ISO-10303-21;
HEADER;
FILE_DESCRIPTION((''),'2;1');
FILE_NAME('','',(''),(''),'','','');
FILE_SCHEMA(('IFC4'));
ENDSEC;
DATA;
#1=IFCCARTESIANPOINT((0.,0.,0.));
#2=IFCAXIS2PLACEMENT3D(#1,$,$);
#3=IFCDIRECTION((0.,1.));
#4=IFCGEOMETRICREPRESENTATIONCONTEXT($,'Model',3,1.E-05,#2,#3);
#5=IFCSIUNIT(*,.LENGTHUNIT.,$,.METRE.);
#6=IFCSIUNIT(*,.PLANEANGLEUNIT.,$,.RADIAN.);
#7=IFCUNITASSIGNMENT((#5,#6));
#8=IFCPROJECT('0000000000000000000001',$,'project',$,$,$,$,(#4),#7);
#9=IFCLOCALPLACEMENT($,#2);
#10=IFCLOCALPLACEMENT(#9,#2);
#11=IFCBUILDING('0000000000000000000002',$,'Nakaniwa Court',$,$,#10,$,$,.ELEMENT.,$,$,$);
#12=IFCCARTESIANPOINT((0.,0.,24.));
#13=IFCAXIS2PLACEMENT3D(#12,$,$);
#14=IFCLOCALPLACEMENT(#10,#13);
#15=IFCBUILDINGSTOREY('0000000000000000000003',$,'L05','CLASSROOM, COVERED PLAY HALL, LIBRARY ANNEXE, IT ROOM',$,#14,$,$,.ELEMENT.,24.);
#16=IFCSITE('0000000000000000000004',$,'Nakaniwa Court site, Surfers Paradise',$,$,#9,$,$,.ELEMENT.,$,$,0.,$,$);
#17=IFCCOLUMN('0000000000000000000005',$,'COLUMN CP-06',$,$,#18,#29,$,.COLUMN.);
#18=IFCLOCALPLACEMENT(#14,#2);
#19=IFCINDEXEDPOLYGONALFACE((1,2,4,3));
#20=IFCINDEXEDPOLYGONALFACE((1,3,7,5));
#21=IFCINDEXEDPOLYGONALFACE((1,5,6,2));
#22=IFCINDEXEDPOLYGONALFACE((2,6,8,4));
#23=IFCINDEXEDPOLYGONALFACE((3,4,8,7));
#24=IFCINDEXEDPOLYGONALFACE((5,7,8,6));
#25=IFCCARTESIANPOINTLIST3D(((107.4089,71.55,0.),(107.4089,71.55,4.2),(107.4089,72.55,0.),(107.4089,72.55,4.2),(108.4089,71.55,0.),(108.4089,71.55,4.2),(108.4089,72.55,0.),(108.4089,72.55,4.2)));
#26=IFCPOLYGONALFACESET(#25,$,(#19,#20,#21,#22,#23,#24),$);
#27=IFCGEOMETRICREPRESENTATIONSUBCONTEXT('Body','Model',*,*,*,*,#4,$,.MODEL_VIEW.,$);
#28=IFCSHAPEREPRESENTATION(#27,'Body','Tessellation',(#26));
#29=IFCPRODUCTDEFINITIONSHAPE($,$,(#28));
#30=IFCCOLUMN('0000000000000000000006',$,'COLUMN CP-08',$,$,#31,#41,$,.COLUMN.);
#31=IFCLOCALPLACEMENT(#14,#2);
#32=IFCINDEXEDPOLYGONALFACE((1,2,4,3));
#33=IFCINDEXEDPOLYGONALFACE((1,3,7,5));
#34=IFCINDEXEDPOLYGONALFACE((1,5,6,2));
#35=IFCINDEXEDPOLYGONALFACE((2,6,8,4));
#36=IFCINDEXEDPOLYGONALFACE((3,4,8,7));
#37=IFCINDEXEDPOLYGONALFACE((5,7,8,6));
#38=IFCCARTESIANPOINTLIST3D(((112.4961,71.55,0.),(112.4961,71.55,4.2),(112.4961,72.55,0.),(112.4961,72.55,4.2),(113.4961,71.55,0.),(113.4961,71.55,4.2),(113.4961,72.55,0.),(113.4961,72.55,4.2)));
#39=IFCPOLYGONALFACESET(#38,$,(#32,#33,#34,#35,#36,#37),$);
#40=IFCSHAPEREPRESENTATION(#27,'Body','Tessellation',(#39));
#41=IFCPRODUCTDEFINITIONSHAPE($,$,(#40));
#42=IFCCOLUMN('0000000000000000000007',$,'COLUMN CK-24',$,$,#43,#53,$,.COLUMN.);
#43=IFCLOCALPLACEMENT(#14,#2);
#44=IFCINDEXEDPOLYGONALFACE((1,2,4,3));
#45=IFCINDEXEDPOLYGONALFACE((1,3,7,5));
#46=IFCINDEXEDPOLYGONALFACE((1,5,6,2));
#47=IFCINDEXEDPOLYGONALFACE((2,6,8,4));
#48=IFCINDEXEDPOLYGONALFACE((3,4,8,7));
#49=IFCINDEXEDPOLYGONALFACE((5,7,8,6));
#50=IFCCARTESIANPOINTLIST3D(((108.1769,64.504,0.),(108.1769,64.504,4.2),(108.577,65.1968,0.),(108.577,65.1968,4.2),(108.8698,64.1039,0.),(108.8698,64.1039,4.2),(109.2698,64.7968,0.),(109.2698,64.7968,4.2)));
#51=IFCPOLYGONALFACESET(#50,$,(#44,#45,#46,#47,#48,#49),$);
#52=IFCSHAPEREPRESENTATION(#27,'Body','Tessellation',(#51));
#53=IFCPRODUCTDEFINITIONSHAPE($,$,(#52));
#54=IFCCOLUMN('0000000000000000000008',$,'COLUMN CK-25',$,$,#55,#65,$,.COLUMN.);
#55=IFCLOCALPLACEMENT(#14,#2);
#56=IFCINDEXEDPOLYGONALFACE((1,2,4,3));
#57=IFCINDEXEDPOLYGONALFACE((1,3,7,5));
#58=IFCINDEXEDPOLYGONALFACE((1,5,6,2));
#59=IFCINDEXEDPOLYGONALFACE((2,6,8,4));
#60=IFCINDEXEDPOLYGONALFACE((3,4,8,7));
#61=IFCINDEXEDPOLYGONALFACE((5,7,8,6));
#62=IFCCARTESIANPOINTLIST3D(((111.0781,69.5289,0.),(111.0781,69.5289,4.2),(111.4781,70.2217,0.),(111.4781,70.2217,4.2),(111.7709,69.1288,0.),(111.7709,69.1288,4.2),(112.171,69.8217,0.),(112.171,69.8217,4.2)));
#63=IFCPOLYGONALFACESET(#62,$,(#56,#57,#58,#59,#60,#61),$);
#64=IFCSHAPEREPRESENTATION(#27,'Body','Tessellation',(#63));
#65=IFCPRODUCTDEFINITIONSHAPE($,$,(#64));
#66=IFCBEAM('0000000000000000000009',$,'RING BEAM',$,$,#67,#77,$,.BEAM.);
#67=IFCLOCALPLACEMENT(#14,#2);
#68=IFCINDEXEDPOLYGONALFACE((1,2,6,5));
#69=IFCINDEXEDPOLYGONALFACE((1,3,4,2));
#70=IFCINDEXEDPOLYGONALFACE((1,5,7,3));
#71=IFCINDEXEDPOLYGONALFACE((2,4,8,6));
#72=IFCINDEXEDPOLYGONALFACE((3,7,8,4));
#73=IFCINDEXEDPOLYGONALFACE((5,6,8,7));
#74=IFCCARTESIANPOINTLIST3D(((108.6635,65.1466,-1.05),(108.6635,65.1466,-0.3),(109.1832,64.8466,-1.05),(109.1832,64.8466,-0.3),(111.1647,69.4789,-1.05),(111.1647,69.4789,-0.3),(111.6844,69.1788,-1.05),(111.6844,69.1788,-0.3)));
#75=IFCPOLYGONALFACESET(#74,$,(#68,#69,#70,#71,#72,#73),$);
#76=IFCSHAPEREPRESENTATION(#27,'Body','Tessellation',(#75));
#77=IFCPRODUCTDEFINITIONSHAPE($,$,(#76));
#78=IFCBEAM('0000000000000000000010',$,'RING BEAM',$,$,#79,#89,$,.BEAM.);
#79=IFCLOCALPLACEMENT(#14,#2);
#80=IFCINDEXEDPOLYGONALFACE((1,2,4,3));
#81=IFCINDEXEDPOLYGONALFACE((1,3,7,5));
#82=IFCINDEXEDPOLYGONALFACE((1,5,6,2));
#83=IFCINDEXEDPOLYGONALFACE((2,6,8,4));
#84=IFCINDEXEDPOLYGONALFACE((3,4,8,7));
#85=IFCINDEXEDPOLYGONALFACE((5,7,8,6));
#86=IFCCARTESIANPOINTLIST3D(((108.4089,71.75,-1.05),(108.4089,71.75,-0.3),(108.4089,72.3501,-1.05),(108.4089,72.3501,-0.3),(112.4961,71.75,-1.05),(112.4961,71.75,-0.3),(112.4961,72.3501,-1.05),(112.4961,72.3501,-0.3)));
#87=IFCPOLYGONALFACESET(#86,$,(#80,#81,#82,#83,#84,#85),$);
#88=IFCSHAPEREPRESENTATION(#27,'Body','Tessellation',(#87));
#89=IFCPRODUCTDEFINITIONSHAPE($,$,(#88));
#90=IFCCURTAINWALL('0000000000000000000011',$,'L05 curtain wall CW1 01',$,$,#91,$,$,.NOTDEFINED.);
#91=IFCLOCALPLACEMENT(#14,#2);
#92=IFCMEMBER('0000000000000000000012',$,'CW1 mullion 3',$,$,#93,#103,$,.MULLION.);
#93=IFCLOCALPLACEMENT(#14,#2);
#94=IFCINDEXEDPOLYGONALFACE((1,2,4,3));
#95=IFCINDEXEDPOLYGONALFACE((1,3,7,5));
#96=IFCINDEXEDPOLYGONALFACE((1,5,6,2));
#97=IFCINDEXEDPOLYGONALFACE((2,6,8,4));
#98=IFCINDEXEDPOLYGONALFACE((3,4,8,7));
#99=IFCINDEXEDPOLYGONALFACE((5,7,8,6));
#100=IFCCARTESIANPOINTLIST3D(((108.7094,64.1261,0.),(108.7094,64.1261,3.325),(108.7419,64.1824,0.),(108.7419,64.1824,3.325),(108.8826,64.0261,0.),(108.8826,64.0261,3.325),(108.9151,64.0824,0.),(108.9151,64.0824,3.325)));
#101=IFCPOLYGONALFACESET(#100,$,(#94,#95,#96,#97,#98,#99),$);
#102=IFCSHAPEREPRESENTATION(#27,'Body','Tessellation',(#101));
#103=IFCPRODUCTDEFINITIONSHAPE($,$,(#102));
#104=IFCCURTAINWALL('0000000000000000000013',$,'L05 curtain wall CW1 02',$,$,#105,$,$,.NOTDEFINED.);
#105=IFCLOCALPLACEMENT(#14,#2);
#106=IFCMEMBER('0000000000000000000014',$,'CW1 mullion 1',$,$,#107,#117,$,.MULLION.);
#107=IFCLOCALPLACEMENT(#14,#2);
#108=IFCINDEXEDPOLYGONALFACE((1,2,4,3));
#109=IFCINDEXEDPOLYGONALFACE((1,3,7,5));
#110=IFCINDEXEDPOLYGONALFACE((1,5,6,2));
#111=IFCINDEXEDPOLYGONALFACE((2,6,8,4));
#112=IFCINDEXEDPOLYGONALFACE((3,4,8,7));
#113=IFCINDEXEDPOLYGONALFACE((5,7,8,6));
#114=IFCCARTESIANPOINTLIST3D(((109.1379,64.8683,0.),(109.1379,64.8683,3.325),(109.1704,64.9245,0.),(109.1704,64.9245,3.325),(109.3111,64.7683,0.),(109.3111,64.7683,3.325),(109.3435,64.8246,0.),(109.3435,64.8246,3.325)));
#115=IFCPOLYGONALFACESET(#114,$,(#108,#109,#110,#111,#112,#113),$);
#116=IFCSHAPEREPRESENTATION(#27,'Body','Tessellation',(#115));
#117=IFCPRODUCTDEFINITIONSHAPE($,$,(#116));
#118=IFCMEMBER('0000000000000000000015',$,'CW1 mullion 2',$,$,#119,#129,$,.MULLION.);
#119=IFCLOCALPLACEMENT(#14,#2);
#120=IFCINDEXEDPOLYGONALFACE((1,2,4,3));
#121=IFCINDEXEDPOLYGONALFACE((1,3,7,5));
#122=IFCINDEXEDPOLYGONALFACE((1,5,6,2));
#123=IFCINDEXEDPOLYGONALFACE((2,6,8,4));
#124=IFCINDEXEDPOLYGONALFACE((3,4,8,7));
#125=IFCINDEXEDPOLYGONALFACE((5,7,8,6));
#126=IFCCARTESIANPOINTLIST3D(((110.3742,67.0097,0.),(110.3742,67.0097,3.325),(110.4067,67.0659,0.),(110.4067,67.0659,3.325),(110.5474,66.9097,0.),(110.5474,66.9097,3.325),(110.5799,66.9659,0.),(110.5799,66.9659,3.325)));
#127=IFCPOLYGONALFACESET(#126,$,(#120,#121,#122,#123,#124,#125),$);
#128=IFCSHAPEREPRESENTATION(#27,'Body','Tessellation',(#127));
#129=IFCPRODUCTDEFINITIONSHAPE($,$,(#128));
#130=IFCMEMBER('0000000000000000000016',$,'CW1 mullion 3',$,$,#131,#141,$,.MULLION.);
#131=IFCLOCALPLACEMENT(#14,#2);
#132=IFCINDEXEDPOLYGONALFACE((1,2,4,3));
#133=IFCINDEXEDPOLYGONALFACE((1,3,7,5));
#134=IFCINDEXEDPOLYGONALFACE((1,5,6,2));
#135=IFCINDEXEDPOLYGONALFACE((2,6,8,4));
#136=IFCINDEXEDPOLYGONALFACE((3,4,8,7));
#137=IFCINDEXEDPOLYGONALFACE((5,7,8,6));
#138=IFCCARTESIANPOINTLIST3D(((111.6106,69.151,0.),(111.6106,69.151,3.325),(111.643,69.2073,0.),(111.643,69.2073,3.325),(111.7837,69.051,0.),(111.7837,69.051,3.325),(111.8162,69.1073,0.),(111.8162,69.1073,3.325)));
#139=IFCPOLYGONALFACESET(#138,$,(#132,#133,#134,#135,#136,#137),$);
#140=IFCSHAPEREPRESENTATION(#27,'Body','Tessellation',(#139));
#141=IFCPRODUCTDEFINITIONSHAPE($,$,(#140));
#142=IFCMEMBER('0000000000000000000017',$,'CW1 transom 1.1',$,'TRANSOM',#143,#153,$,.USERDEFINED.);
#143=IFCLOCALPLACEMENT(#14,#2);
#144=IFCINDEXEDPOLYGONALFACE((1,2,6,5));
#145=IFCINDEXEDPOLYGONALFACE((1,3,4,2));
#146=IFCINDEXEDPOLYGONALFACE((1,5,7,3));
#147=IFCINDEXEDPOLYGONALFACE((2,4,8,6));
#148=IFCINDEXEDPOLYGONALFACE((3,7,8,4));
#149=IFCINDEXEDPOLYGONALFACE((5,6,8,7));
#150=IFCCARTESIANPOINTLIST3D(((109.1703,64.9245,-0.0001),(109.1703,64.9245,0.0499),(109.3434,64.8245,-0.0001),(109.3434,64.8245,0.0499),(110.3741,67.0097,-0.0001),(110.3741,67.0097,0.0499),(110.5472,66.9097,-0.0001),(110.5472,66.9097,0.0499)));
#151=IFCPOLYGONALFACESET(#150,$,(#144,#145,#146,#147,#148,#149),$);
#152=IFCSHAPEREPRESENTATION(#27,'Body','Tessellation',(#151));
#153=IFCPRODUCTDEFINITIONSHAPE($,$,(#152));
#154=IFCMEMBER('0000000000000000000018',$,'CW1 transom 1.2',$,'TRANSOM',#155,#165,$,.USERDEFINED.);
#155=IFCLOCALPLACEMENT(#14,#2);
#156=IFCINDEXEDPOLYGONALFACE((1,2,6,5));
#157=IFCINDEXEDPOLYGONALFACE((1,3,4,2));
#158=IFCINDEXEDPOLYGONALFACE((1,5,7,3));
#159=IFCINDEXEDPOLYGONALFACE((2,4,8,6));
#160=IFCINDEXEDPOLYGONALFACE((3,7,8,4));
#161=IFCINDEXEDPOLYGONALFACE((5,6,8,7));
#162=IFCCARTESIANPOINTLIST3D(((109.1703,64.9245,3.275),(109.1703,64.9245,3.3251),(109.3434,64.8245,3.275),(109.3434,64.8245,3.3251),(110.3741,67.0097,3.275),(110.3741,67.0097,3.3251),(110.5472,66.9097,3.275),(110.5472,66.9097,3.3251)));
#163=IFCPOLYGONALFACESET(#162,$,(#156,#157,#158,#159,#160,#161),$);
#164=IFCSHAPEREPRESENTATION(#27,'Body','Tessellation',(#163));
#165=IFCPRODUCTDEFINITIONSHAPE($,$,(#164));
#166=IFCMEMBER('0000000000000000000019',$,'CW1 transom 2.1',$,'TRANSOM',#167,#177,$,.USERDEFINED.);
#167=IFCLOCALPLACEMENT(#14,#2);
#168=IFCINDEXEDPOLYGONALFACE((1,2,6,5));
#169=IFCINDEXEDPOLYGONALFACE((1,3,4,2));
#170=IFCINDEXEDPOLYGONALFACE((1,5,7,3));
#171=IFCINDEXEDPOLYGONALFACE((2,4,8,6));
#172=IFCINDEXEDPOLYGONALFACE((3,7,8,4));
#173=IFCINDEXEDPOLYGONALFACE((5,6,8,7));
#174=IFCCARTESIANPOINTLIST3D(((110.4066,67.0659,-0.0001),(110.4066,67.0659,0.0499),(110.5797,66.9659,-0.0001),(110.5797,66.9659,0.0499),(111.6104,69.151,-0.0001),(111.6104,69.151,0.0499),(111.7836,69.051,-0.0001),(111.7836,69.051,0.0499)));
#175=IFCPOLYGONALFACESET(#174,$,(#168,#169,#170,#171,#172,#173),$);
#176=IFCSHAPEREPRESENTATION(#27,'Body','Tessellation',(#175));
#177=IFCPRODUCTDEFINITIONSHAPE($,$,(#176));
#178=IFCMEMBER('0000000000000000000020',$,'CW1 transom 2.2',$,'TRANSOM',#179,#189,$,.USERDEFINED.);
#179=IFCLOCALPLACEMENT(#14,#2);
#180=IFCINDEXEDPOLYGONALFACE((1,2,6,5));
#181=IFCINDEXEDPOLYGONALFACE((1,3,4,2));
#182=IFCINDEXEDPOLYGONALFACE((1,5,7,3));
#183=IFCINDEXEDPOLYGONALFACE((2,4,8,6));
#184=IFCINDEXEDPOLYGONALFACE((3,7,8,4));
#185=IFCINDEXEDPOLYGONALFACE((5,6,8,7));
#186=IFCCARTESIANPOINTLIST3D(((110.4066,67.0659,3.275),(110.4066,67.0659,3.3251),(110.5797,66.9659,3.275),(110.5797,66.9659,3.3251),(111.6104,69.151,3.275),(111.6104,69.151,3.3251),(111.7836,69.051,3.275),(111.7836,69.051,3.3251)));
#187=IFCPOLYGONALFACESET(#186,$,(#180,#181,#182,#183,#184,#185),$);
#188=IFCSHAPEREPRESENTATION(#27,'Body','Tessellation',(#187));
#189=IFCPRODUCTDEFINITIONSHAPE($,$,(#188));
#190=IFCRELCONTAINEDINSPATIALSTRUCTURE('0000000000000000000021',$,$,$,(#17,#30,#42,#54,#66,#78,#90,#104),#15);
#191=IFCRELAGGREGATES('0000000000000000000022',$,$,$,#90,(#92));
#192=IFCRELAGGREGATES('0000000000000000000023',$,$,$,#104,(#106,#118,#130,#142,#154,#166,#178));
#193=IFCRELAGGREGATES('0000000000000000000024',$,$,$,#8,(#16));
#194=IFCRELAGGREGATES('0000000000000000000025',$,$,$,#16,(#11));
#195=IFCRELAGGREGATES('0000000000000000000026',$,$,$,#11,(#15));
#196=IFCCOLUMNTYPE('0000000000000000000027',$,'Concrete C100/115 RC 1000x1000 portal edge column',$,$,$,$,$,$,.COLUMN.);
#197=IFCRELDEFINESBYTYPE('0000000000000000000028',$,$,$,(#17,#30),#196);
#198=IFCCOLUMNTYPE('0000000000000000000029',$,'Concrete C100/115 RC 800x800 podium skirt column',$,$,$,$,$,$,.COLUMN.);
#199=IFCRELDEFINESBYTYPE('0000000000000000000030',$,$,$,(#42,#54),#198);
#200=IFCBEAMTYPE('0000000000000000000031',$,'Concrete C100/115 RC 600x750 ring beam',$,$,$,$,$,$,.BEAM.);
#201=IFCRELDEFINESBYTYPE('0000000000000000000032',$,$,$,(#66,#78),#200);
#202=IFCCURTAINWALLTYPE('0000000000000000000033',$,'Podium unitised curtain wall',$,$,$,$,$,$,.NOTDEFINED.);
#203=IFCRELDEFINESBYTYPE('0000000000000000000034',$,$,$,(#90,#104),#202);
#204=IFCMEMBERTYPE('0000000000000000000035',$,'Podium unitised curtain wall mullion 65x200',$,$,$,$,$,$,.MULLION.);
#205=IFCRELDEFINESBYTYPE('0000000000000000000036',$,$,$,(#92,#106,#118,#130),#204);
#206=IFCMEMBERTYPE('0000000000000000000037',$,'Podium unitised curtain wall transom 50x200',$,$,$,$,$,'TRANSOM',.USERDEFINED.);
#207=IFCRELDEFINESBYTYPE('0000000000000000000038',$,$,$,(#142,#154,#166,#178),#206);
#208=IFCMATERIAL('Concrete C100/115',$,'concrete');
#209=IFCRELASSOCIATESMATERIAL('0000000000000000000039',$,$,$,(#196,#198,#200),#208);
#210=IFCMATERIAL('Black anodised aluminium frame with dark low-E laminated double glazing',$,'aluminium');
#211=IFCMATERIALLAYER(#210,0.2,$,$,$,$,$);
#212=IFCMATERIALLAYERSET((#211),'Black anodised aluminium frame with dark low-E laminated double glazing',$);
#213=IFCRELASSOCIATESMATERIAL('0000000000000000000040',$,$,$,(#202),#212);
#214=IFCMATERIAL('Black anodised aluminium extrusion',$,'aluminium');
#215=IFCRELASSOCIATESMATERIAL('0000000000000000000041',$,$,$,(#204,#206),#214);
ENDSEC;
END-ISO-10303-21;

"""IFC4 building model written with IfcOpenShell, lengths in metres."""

from ifc_helpers import new_model, si_unit, direction, frame, origin, origin_2d, place, context, subcontext, project, spatial, rectangle, extrude, material, layer, layer_set, material_profile, profile_set, type_object, element, aggregate, save


model = new_model("IFC4")

# Units and contexts
model_context = context("Model", 3, precision=1e-05, world=origin(), true_north=direction((0.0, 1.0)))
body_context = subcontext(model_context, "Body", "Model", "MODEL_VIEW")
ifc_project = project(units=[si_unit("LENGTHUNIT", "METRE"), si_unit("PLANEANGLEUNIT", "RADIAN")], contexts=[model_context])

# Site, building, storey
site_placement = place(None, origin())
site = spatial("IfcSite", under=ifc_project, at=site_placement, Name="Nakaniwa Court site, Surfers Paradise", CompositionType="ELEMENT", RefElevation=0.0)
building_placement = place(site_placement, origin())
building = spatial("IfcBuilding", under=site, at=building_placement, Name="Nakaniwa Court", CompositionType="ELEMENT")
storey_placement = place(building_placement, frame((0.0, 0.0, 24.0)))
storey = spatial("IfcBuildingStorey", under=building, at=storey_placement, Name="L05", Description="CLASSROOM, COVERED PLAY HALL, LIBRARY ANNEXE, IT ROOM", CompositionType="ELEMENT", Elevation=24.0)

# Columns
ifc_material_1 = material(Name="Concrete C100/115", Category="concrete")
ifc_material_profile_1 = material_profile(ifc_material_1, rectangle(XDim=1.0, YDim=1.0, at=origin_2d()), Name="Concrete C100/115 RC 1000x1000 portal edge column")
ifc_profile_set_1 = profile_set([ifc_material_profile_1], Name="Concrete C100/115")
column_type_1 = type_object("IfcColumnType", Name="Concrete C100/115 RC 1000x1000 portal edge column", PredefinedType="COLUMN", material=ifc_profile_set_1)
for number, where, z_axis, x_axis, name in (
    (1, (107.9089, 72.05, 0.0), (0.0, 0.0, 1.0), (1.0, 0.0, 0.0), "COLUMN CP-06"),
    (2, (112.9961, 72.05, 0.0), (0.0, 0.0, 1.0), (1.0, 0.0, 0.0), "COLUMN CP-08"),
):
    element("IfcColumn", number, at=place(storey_placement, frame(where, z_axis=z_axis, x_axis=x_axis)), inside=storey, type_object=column_type_1, Name=name, PredefinedType="COLUMN", context=body_context, shape_type="SweptSolid", body=[
        extrude(rectangle(XDim=1.0, YDim=1.0, at=origin_2d()), origin(), (0.0, 0.0, 1.0), 4.2),
    ])
ifc_material_profile_2 = material_profile(ifc_material_1, rectangle(XDim=0.8, YDim=0.8, at=origin_2d()), Name="Concrete C100/115 RC 800x800 podium skirt column")
ifc_profile_set_2 = profile_set([ifc_material_profile_2], Name="Concrete C100/115")
column_type_2 = type_object("IfcColumnType", Name="Concrete C100/115 RC 800x800 podium skirt column", PredefinedType="COLUMN", material=ifc_profile_set_2)
for number, where, z_axis, x_axis, name in (
    (3, (108.7234, 64.6504, 0.0), (0.0, 0.0, 1.0), (0.5, 0.866025, 0.0), "COLUMN CK-24"),
    (4, (111.6245, 69.6753, 0.0), (0.0, 0.0, 1.0), (0.5, 0.866025, 0.0), "COLUMN CK-25"),
):
    element("IfcColumn", number, at=place(storey_placement, frame(where, z_axis=z_axis, x_axis=x_axis)), inside=storey, type_object=column_type_2, Name=name, PredefinedType="COLUMN", context=body_context, shape_type="SweptSolid", body=[
        extrude(rectangle(XDim=0.8, YDim=0.8, at=origin_2d()), origin(), (0.0, 0.0, 1.0), 4.2),
    ])

# Beams
ifc_material_profile_3 = material_profile(ifc_material_1, rectangle(XDim=0.6001, YDim=0.75, at=origin_2d()), Name="Concrete C100/115 RC 600x750 ring beam")
ifc_profile_set_3 = profile_set([ifc_material_profile_3], Name="Concrete C100/115")
beam_type = type_object("IfcBeamType", Name="Concrete C100/115 RC 600x750 ring beam", PredefinedType="BEAM", material=ifc_profile_set_3)
beam_1_placement = place(storey_placement, frame((108.9233, 64.9966, -0.675), z_axis=(0.499997, 0.866027, 0.0), x_axis=(-0.866027, 0.499997, 0.0)))
element("IfcBeam", 5, at=beam_1_placement, inside=storey, type_object=beam_type, Name="RING BEAM", PredefinedType="BEAM", context=body_context, shape_type="SweptSolid", body=[
    extrude(rectangle(XDim=0.6001, YDim=0.75, at=origin_2d()), origin(), (0.0, 0.0, 1.0), 5.0024),
])
beam_2_placement = place(storey_placement, frame((108.4089, 72.05, -0.675), z_axis=(1.0, 0.0, 0.0), x_axis=(0.0, 1.0, 0.0)))
element("IfcBeam", 6, at=beam_2_placement, inside=storey, type_object=beam_type, Name="RING BEAM", PredefinedType="BEAM", context=body_context, shape_type="SweptSolid", body=[
    extrude(rectangle(XDim=0.6001, YDim=0.75, at=origin_2d()), origin(), (0.0, 0.0, 1.0), 4.0872),
])

# Curtain wall, member
ifc_material_2 = material(Name="Black anodised aluminium frame with dark low-E laminated double glazing", Category="aluminium")
ifc_layer_1 = layer(ifc_material_2, 0.2)
ifc_layer_set_1 = layer_set([ifc_layer_1], Name="Black anodised aluminium frame with dark low-E laminated double glazing")
curtain_wall_type = type_object("IfcCurtainWallType", Name="Podium unitised curtain wall", PredefinedType="NOTDEFINED", material=ifc_layer_set_1)
curtain_wall_1_placement = place(storey_placement, origin())
curtain_wall_1 = element("IfcCurtainWall", 7, at=curtain_wall_1_placement, inside=storey, type_object=curtain_wall_type, Name="L05 curtain wall CW1 01", PredefinedType="NOTDEFINED")
ifc_material_3 = material(Name="Black anodised aluminium extrusion", Category="aluminium")
ifc_material_profile_4 = material_profile(ifc_material_3, rectangle(XDim=0.2, YDim=0.0649, at=origin_2d()), Name="Podium unitised curtain wall mullion 65x200")
ifc_profile_set_4 = profile_set([ifc_material_profile_4], Name="Black anodised aluminium extrusion")
member_type_1 = type_object("IfcMemberType", Name="Podium unitised curtain wall mullion 65x200", PredefinedType="MULLION", material=ifc_profile_set_4)
member_1_placement = place(storey_placement, frame((108.8123, 64.1042, 0.0), z_axis=(0.0, 0.0, 1.0), x_axis=(-0.866032, 0.499988, 0.0)))
member_1 = element("IfcMember", 8, at=member_1_placement, type_object=member_type_1, Name="CW1 mullion 3", PredefinedType="MULLION", context=body_context, shape_type="SweptSolid", body=[
    extrude(rectangle(XDim=0.2, YDim=0.0649, at=origin_2d()), origin(), (0.0, 0.0, 1.0), 3.325),
])
aggregate(curtain_wall_1, [member_1])

# Curtain wall, members
curtain_wall_2_placement = place(storey_placement, origin())
curtain_wall_2 = element("IfcCurtainWall", 9, at=curtain_wall_2_placement, inside=storey, type_object=curtain_wall_type, Name="L05 curtain wall CW1 02", PredefinedType="NOTDEFINED")
member_2_placement = place(storey_placement, frame((109.2407, 64.8464, 0.0), z_axis=(0.0, 0.0, 1.0), x_axis=(-0.866024, 0.500003, 0.0)))
member_2 = element("IfcMember", 10, at=member_2_placement, type_object=member_type_1, Name="CW1 mullion 1", PredefinedType="MULLION", context=body_context, shape_type="SweptSolid", body=[
    extrude(rectangle(XDim=0.2, YDim=0.0649, at=origin_2d()), origin(), (0.0, 0.0, 1.0), 3.325),
])
member_3_placement = place(storey_placement, frame((110.4771, 66.9878, 0.0), z_axis=(0.0, 0.0, 1.0), x_axis=(-0.866024, 0.500003, 0.0)))
member_3 = element("IfcMember", 11, at=member_3_placement, type_object=member_type_1, Name="CW1 mullion 2", PredefinedType="MULLION", context=body_context, shape_type="SweptSolid", body=[
    extrude(rectangle(XDim=0.2, YDim=0.0649, at=origin_2d()), origin(), (0.0, 0.0, 1.0), 3.325),
])
member_4_placement = place(storey_placement, frame((111.7134, 69.1292, 0.0), z_axis=(0.0, 0.0, 1.0), x_axis=(-0.866024, 0.500003, 0.0)))
member_4 = element("IfcMember", 12, at=member_4_placement, type_object=member_type_1, Name="CW1 mullion 3", PredefinedType="MULLION", context=body_context, shape_type="SweptSolid", body=[
    extrude(rectangle(XDim=0.2, YDim=0.0649, at=origin_2d()), origin(), (0.0, 0.0, 1.0), 3.325),
])
ifc_material_profile_5 = material_profile(ifc_material_3, rectangle(XDim=0.2, YDim=0.05, at=origin_2d()), Name="Podium unitised curtain wall transom 50x200")
ifc_profile_set_5 = profile_set([ifc_material_profile_5], Name="Black anodised aluminium extrusion")
member_type_2 = type_object("IfcMemberType", Name="Podium unitised curtain wall transom 50x200", ElementType="TRANSOM", PredefinedType="USERDEFINED", material=ifc_profile_set_5)
member_5_placement = place(storey_placement, frame((109.2568, 64.8745, 0.0249), z_axis=(0.499989, 0.866032, 0.0), x_axis=(-0.866032, 0.499989, 0.0)))
member_5 = element("IfcMember", 13, at=member_5_placement, type_object=member_type_2, Name="CW1 transom 1.1", ObjectType="TRANSOM", PredefinedType="USERDEFINED", context=body_context, shape_type="SweptSolid", body=[
    extrude(rectangle(XDim=0.2, YDim=0.05, at=origin_2d()), origin(), (0.0, 0.0, 1.0), 2.4077),
])
member_6_placement = place(storey_placement, frame((109.2568, 64.8745, 3.3), z_axis=(0.499989, 0.866032, 0.0), x_axis=(-0.866032, 0.499989, 0.0)))
member_6 = element("IfcMember", 14, at=member_6_placement, type_object=member_type_2, Name="CW1 transom 1.2", ObjectType="TRANSOM", PredefinedType="USERDEFINED", context=body_context, shape_type="SweptSolid", body=[
    extrude(rectangle(XDim=0.2, YDim=0.05, at=origin_2d()), origin(), (0.0, 0.0, 1.0), 2.4077),
])
member_7_placement = place(storey_placement, frame((110.4932, 67.0159, 0.0249), z_axis=(0.499989, 0.866032, 0.0), x_axis=(-0.866032, 0.499989, 0.0)))
member_7 = element("IfcMember", 15, at=member_7_placement, type_object=member_type_2, Name="CW1 transom 2.1", ObjectType="TRANSOM", PredefinedType="USERDEFINED", context=body_context, shape_type="SweptSolid", body=[
    extrude(rectangle(XDim=0.2, YDim=0.05, at=origin_2d()), origin(), (0.0, 0.0, 1.0), 2.4077),
])
member_8_placement = place(storey_placement, frame((110.4932, 67.0159, 3.3), z_axis=(0.499989, 0.866032, 0.0), x_axis=(-0.866032, 0.499989, 0.0)))
member_8 = element("IfcMember", 16, at=member_8_placement, type_object=member_type_2, Name="CW1 transom 2.2", ObjectType="TRANSOM", PredefinedType="USERDEFINED", context=body_context, shape_type="SweptSolid", body=[
    extrude(rectangle(XDim=0.2, YDim=0.05, at=origin_2d()), origin(), (0.0, 0.0, 1.0), 2.4077),
])
aggregate(curtain_wall_2, [member_2, member_3, member_4, member_5, member_6, member_7, member_8])

save(model, "model.ifc")
